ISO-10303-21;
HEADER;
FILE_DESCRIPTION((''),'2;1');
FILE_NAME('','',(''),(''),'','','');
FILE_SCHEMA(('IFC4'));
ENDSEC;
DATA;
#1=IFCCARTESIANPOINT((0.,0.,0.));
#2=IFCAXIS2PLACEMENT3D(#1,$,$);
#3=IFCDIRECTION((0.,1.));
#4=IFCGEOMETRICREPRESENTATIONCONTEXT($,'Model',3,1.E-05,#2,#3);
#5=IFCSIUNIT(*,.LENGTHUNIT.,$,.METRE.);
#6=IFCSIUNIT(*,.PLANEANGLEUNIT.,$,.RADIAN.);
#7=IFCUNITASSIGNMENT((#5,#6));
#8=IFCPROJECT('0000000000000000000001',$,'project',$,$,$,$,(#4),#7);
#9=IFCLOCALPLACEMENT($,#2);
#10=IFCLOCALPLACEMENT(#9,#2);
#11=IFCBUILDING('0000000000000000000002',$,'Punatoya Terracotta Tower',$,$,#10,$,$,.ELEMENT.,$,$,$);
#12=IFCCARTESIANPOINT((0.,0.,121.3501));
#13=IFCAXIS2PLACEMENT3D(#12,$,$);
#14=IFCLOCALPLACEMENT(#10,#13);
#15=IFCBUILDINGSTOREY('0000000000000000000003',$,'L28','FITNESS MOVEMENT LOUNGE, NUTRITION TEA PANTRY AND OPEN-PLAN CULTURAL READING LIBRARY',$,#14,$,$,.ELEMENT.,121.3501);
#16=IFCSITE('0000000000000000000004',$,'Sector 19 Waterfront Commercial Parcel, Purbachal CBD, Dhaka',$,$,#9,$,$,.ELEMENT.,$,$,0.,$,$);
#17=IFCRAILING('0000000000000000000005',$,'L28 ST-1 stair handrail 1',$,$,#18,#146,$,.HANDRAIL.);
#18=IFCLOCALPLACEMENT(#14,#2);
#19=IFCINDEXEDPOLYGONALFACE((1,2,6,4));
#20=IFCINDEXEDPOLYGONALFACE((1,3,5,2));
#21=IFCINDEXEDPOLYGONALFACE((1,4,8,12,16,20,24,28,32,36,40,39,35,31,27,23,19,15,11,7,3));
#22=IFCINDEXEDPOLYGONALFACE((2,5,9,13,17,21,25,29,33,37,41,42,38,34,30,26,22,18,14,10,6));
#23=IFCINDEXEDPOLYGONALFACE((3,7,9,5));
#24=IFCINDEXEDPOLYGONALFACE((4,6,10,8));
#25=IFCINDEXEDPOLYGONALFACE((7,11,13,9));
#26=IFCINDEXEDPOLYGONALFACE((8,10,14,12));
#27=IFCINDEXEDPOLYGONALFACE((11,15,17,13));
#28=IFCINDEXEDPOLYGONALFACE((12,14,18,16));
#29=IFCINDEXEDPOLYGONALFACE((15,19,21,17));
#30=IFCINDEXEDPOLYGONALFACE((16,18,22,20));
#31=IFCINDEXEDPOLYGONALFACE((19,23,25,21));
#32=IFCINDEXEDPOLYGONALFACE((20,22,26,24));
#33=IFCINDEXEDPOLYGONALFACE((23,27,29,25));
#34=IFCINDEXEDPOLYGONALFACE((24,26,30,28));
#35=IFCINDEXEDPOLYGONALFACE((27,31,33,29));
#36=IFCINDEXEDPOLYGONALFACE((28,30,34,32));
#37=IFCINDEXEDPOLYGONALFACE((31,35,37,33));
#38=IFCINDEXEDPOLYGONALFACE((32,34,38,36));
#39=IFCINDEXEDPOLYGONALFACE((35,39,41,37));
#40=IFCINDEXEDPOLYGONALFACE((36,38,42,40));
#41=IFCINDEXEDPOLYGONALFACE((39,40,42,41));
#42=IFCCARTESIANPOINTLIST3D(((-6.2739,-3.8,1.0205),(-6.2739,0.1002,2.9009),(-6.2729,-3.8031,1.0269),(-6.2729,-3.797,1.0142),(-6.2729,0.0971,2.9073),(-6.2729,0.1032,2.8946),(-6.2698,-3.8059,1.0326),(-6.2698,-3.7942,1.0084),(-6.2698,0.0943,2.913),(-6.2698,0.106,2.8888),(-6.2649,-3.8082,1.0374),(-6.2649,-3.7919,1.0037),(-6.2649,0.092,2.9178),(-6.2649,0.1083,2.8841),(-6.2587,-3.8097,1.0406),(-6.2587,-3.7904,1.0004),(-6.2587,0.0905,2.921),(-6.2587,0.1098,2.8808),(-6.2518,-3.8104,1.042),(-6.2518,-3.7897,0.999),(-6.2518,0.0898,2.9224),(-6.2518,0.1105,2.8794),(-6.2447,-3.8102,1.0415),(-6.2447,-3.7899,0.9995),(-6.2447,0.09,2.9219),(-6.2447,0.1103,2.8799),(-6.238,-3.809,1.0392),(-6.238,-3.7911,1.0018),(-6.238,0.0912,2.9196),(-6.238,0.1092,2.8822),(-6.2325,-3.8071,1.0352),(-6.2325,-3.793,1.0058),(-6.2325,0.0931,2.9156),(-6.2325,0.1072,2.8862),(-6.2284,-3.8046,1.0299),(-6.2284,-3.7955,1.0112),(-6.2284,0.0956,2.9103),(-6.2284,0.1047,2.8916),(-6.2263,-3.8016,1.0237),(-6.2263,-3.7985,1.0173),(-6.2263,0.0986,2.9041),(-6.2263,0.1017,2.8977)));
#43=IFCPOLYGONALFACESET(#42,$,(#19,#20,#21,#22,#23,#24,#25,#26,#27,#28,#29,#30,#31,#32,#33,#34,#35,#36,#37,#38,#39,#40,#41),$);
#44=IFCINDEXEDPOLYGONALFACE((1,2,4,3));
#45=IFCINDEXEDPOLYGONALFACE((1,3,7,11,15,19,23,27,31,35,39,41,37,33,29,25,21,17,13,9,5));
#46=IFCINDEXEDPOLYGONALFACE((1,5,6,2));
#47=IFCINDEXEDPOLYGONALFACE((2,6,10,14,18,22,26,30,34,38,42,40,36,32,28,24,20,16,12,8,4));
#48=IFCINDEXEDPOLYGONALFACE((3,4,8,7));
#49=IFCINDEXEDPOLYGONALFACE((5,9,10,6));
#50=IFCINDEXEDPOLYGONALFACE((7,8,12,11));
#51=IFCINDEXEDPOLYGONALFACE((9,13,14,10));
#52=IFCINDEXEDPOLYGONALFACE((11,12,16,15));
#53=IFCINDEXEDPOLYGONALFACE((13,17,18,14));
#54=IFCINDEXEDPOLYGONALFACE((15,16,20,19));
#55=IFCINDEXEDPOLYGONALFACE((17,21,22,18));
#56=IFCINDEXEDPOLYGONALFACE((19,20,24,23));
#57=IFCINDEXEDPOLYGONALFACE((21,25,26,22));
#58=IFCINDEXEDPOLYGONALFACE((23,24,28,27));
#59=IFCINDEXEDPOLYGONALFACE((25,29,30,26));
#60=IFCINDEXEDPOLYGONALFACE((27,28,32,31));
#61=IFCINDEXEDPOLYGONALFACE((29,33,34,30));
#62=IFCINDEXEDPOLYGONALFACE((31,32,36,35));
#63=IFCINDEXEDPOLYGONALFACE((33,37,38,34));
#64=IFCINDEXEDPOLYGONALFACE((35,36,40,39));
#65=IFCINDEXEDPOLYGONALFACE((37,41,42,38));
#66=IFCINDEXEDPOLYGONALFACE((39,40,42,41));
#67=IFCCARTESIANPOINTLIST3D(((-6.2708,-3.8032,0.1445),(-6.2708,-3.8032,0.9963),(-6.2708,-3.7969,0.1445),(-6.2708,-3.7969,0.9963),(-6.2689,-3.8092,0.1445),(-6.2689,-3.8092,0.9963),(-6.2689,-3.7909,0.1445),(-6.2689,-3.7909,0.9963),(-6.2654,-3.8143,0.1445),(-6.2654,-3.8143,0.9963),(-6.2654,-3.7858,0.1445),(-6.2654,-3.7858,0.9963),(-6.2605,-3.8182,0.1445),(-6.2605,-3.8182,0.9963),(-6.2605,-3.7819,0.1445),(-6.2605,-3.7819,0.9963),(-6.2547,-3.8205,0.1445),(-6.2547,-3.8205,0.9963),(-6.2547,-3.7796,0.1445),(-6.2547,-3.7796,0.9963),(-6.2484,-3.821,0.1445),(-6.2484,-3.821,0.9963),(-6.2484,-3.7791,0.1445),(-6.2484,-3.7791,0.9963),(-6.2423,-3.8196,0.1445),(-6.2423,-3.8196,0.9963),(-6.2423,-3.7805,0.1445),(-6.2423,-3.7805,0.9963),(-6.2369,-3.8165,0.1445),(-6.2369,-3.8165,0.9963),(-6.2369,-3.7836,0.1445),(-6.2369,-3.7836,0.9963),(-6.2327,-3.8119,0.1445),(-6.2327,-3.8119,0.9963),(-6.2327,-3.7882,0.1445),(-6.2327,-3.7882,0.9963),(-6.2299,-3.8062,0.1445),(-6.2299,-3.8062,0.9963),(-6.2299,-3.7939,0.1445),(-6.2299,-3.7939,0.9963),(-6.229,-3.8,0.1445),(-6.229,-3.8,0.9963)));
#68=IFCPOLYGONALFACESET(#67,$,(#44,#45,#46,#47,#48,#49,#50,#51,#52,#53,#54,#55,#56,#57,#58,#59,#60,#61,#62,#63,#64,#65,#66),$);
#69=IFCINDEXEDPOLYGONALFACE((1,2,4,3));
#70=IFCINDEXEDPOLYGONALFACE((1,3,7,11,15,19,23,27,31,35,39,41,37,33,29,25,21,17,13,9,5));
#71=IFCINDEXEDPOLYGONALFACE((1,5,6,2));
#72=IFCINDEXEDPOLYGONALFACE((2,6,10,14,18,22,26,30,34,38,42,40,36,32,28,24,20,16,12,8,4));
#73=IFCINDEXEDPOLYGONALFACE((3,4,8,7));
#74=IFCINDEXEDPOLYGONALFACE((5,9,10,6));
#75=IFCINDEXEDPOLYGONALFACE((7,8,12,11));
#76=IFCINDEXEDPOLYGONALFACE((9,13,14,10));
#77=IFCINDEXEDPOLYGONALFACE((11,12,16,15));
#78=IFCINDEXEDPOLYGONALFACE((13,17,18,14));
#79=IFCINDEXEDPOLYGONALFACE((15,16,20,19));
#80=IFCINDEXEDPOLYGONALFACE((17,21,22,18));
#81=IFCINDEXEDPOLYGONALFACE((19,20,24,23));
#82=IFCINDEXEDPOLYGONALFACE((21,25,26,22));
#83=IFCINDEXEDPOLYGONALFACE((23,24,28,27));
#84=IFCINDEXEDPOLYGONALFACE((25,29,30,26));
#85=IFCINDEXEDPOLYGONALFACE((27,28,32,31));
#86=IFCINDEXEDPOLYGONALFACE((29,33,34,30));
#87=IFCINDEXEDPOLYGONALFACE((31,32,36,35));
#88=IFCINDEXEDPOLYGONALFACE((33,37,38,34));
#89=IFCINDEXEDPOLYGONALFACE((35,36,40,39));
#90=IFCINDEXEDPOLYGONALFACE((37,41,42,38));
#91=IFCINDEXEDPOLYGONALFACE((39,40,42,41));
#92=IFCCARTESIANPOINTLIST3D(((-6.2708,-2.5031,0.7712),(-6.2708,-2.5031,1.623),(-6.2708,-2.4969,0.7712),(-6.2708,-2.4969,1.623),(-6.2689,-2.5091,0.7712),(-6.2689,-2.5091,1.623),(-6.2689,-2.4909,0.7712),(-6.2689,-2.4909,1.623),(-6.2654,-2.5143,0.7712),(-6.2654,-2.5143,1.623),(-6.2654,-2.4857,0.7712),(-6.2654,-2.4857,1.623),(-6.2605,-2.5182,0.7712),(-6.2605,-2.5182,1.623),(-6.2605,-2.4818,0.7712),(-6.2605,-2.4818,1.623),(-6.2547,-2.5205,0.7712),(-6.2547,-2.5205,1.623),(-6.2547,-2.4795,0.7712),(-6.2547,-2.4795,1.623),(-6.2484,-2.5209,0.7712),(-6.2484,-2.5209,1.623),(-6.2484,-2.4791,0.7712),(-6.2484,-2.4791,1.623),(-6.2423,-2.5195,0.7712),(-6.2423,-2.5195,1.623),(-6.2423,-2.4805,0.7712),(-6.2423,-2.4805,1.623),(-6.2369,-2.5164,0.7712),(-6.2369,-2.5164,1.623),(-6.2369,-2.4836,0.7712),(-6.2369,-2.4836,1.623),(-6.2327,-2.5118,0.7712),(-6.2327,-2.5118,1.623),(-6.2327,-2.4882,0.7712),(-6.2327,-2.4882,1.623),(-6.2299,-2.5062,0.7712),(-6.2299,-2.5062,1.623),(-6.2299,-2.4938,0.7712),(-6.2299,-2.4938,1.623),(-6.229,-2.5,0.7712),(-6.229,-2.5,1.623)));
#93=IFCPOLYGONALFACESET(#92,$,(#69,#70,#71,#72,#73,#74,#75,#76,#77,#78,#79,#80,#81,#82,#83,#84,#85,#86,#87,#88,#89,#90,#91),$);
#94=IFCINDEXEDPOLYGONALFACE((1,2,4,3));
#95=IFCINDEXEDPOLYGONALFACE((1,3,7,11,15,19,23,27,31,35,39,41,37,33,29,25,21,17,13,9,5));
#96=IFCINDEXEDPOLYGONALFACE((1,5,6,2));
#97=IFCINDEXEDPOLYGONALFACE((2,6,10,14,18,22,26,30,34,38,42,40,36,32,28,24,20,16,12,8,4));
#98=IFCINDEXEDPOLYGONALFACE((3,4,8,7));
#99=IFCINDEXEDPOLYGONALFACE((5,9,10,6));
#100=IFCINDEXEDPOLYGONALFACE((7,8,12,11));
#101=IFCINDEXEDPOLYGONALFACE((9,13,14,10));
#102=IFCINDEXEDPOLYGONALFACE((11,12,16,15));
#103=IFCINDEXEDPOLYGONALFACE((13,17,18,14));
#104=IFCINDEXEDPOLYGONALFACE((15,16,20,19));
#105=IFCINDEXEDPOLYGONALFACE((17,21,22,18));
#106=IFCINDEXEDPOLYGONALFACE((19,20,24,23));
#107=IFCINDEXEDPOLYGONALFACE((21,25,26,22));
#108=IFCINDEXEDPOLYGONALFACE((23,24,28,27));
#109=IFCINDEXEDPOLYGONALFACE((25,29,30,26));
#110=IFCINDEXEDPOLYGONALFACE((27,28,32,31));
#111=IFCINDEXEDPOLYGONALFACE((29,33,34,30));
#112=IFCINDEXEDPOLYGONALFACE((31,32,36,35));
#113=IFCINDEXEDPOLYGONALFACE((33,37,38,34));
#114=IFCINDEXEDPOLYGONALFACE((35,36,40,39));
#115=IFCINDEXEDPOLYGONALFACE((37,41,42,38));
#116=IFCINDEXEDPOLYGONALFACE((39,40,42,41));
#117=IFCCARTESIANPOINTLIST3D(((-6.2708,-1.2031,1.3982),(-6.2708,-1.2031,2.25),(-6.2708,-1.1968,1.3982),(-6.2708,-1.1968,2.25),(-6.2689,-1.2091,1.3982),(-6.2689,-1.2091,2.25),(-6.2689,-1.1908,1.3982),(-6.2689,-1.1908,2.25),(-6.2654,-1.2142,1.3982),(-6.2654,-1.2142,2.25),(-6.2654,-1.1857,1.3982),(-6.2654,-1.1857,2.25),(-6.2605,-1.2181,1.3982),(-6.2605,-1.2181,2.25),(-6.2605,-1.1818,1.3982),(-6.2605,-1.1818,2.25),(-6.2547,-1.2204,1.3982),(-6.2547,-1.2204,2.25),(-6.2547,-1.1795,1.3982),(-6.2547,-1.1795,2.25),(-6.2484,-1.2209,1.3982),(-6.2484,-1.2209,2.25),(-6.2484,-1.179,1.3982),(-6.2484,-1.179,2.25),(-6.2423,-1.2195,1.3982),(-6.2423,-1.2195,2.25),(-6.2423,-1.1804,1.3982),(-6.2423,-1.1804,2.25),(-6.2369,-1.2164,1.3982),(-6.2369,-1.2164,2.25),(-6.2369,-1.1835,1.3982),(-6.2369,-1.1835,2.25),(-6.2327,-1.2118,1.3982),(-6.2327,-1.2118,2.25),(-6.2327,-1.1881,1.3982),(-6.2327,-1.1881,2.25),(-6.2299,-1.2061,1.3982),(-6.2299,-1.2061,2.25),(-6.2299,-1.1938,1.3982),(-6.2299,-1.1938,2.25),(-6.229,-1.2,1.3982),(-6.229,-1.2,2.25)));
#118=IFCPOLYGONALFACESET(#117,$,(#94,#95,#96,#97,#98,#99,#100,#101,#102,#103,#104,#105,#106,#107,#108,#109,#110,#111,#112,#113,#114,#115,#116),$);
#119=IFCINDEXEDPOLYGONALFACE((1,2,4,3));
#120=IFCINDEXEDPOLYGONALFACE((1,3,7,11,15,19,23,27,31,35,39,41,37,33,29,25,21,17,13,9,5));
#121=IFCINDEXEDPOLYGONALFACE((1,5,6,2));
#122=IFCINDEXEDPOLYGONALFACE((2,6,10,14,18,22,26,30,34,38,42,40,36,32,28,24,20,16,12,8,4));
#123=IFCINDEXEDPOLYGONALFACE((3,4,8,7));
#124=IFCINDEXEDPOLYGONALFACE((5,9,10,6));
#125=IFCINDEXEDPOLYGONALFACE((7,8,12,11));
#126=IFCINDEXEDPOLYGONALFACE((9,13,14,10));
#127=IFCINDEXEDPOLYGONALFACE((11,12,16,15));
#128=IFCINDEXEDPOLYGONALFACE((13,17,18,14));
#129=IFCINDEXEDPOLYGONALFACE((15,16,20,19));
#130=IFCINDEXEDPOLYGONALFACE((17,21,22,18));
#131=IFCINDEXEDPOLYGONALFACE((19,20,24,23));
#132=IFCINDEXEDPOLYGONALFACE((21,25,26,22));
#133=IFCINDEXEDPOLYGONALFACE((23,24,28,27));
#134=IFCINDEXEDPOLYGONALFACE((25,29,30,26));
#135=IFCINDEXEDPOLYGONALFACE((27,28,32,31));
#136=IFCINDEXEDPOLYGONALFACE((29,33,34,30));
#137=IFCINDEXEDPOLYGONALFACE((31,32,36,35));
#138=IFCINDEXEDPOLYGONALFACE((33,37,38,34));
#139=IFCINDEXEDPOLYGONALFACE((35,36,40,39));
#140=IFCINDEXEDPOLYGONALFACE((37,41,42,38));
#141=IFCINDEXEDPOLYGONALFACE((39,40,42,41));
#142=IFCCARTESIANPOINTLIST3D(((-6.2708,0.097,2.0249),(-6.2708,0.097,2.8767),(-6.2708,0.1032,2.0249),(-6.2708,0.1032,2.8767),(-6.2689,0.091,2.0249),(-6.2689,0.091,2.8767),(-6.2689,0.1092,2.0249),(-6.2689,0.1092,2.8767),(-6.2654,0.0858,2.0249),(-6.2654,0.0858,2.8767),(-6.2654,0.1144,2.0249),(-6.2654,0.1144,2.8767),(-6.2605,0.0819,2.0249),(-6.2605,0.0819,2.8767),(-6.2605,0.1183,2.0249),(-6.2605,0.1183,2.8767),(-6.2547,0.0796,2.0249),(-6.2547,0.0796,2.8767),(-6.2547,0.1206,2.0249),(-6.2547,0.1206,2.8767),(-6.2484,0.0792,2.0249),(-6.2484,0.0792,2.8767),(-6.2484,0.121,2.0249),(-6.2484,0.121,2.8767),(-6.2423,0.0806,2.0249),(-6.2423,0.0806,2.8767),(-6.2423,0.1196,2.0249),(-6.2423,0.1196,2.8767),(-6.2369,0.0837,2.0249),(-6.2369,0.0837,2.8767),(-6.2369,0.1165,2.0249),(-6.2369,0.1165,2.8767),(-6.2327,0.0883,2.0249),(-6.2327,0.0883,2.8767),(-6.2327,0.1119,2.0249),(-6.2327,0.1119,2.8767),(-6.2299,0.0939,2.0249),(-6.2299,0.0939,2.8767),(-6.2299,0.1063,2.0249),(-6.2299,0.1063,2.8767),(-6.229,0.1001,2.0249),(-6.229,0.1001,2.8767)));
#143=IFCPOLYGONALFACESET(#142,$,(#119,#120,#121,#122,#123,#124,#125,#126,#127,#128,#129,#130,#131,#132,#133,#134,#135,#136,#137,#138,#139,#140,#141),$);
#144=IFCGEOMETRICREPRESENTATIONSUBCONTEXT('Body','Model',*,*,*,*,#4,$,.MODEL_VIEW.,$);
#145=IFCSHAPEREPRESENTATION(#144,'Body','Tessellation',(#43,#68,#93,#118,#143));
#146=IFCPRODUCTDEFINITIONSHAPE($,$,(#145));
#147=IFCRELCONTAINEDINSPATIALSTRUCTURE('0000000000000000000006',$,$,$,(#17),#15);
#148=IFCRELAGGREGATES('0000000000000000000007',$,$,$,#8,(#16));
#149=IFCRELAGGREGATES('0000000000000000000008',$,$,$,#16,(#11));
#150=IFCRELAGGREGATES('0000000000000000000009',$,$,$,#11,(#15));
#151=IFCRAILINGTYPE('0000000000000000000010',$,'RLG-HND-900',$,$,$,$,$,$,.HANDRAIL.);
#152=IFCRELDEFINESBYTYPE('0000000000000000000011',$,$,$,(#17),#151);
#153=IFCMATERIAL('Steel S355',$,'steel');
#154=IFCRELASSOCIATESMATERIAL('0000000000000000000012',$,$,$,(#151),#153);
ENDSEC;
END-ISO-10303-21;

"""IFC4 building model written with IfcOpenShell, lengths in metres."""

from ifc_helpers import new_model, si_unit, direction, frame, origin, origin_2d, place, context, subcontext, project, spatial, circle, extrude, material, type_object, element, save


model = new_model("IFC4")

# Units and contexts
model_context = context("Model", 3, precision=1e-05, world=origin(), true_north=direction((0.0, 1.0)))
body_context = subcontext(model_context, "Body", "Model", "MODEL_VIEW")
ifc_project = project(units=[si_unit("LENGTHUNIT", "METRE"), si_unit("PLANEANGLEUNIT", "RADIAN")], contexts=[model_context])

# Site, building, storey
site_placement = place(None, origin())
site = spatial("IfcSite", under=ifc_project, at=site_placement, Name="Sector 19 Waterfront Commercial Parcel, Purbachal CBD, Dhaka", CompositionType="ELEMENT", RefElevation=0.0)
building_placement = place(site_placement, origin())
building = spatial("IfcBuilding", under=site, at=building_placement, Name="Punatoya Terracotta Tower", CompositionType="ELEMENT")
storey_placement = place(building_placement, frame((0.0, 0.0, 121.3501)))
storey = spatial("IfcBuildingStorey", under=building, at=storey_placement, Name="L28", Description="FITNESS MOVEMENT LOUNGE, NUTRITION TEA PANTRY AND OPEN-PLAN CULTURAL READING LIBRARY", CompositionType="ELEMENT", Elevation=121.3501)

# Railing
ifc_material_1 = material(Name="Steel S355", Category="steel")
railing_type_1 = type_object("IfcRailingType", Name="RLG-HND-900", PredefinedType="HANDRAIL", material=ifc_material_1)
railing_1_placement = place(storey_placement, frame((-6.25, -3.8, 0.1445)))
element("IfcRailing", 1, at=railing_1_placement, inside=storey, type_object=railing_type_1, Name="L28 ST-1 stair handrail 1", PredefinedType="HANDRAIL", context=body_context, shape_type="SweptSolid", body=[
    extrude(circle(Radius=0.0239, at=origin_2d()), frame((0.0, 0.0, 0.876), z_axis=(0.0, 0.900774, 0.434289), x_axis=(-1.0, 0.0, 0.0)), (0.0, 0.0, 1.0), 4.3298),
    extrude(circle(Radius=0.021, at=origin_2d()), origin(), (0.0, 0.0, 1.0), 0.8518),
    extrude(circle(Radius=0.021, at=origin_2d()), frame((0.0, 1.3, 0.6267)), (0.0, 0.0, 1.0), 0.8518),
    extrude(circle(Radius=0.021, at=origin_2d()), frame((0.0, 2.6001, 1.2537)), (0.0, 0.0, 1.0), 0.8518),
    extrude(circle(Radius=0.021, at=origin_2d()), frame((0.0, 3.9001, 1.8804)), (0.0, 0.0, 1.0), 0.8518),
])

save(model, "model.ifc")
